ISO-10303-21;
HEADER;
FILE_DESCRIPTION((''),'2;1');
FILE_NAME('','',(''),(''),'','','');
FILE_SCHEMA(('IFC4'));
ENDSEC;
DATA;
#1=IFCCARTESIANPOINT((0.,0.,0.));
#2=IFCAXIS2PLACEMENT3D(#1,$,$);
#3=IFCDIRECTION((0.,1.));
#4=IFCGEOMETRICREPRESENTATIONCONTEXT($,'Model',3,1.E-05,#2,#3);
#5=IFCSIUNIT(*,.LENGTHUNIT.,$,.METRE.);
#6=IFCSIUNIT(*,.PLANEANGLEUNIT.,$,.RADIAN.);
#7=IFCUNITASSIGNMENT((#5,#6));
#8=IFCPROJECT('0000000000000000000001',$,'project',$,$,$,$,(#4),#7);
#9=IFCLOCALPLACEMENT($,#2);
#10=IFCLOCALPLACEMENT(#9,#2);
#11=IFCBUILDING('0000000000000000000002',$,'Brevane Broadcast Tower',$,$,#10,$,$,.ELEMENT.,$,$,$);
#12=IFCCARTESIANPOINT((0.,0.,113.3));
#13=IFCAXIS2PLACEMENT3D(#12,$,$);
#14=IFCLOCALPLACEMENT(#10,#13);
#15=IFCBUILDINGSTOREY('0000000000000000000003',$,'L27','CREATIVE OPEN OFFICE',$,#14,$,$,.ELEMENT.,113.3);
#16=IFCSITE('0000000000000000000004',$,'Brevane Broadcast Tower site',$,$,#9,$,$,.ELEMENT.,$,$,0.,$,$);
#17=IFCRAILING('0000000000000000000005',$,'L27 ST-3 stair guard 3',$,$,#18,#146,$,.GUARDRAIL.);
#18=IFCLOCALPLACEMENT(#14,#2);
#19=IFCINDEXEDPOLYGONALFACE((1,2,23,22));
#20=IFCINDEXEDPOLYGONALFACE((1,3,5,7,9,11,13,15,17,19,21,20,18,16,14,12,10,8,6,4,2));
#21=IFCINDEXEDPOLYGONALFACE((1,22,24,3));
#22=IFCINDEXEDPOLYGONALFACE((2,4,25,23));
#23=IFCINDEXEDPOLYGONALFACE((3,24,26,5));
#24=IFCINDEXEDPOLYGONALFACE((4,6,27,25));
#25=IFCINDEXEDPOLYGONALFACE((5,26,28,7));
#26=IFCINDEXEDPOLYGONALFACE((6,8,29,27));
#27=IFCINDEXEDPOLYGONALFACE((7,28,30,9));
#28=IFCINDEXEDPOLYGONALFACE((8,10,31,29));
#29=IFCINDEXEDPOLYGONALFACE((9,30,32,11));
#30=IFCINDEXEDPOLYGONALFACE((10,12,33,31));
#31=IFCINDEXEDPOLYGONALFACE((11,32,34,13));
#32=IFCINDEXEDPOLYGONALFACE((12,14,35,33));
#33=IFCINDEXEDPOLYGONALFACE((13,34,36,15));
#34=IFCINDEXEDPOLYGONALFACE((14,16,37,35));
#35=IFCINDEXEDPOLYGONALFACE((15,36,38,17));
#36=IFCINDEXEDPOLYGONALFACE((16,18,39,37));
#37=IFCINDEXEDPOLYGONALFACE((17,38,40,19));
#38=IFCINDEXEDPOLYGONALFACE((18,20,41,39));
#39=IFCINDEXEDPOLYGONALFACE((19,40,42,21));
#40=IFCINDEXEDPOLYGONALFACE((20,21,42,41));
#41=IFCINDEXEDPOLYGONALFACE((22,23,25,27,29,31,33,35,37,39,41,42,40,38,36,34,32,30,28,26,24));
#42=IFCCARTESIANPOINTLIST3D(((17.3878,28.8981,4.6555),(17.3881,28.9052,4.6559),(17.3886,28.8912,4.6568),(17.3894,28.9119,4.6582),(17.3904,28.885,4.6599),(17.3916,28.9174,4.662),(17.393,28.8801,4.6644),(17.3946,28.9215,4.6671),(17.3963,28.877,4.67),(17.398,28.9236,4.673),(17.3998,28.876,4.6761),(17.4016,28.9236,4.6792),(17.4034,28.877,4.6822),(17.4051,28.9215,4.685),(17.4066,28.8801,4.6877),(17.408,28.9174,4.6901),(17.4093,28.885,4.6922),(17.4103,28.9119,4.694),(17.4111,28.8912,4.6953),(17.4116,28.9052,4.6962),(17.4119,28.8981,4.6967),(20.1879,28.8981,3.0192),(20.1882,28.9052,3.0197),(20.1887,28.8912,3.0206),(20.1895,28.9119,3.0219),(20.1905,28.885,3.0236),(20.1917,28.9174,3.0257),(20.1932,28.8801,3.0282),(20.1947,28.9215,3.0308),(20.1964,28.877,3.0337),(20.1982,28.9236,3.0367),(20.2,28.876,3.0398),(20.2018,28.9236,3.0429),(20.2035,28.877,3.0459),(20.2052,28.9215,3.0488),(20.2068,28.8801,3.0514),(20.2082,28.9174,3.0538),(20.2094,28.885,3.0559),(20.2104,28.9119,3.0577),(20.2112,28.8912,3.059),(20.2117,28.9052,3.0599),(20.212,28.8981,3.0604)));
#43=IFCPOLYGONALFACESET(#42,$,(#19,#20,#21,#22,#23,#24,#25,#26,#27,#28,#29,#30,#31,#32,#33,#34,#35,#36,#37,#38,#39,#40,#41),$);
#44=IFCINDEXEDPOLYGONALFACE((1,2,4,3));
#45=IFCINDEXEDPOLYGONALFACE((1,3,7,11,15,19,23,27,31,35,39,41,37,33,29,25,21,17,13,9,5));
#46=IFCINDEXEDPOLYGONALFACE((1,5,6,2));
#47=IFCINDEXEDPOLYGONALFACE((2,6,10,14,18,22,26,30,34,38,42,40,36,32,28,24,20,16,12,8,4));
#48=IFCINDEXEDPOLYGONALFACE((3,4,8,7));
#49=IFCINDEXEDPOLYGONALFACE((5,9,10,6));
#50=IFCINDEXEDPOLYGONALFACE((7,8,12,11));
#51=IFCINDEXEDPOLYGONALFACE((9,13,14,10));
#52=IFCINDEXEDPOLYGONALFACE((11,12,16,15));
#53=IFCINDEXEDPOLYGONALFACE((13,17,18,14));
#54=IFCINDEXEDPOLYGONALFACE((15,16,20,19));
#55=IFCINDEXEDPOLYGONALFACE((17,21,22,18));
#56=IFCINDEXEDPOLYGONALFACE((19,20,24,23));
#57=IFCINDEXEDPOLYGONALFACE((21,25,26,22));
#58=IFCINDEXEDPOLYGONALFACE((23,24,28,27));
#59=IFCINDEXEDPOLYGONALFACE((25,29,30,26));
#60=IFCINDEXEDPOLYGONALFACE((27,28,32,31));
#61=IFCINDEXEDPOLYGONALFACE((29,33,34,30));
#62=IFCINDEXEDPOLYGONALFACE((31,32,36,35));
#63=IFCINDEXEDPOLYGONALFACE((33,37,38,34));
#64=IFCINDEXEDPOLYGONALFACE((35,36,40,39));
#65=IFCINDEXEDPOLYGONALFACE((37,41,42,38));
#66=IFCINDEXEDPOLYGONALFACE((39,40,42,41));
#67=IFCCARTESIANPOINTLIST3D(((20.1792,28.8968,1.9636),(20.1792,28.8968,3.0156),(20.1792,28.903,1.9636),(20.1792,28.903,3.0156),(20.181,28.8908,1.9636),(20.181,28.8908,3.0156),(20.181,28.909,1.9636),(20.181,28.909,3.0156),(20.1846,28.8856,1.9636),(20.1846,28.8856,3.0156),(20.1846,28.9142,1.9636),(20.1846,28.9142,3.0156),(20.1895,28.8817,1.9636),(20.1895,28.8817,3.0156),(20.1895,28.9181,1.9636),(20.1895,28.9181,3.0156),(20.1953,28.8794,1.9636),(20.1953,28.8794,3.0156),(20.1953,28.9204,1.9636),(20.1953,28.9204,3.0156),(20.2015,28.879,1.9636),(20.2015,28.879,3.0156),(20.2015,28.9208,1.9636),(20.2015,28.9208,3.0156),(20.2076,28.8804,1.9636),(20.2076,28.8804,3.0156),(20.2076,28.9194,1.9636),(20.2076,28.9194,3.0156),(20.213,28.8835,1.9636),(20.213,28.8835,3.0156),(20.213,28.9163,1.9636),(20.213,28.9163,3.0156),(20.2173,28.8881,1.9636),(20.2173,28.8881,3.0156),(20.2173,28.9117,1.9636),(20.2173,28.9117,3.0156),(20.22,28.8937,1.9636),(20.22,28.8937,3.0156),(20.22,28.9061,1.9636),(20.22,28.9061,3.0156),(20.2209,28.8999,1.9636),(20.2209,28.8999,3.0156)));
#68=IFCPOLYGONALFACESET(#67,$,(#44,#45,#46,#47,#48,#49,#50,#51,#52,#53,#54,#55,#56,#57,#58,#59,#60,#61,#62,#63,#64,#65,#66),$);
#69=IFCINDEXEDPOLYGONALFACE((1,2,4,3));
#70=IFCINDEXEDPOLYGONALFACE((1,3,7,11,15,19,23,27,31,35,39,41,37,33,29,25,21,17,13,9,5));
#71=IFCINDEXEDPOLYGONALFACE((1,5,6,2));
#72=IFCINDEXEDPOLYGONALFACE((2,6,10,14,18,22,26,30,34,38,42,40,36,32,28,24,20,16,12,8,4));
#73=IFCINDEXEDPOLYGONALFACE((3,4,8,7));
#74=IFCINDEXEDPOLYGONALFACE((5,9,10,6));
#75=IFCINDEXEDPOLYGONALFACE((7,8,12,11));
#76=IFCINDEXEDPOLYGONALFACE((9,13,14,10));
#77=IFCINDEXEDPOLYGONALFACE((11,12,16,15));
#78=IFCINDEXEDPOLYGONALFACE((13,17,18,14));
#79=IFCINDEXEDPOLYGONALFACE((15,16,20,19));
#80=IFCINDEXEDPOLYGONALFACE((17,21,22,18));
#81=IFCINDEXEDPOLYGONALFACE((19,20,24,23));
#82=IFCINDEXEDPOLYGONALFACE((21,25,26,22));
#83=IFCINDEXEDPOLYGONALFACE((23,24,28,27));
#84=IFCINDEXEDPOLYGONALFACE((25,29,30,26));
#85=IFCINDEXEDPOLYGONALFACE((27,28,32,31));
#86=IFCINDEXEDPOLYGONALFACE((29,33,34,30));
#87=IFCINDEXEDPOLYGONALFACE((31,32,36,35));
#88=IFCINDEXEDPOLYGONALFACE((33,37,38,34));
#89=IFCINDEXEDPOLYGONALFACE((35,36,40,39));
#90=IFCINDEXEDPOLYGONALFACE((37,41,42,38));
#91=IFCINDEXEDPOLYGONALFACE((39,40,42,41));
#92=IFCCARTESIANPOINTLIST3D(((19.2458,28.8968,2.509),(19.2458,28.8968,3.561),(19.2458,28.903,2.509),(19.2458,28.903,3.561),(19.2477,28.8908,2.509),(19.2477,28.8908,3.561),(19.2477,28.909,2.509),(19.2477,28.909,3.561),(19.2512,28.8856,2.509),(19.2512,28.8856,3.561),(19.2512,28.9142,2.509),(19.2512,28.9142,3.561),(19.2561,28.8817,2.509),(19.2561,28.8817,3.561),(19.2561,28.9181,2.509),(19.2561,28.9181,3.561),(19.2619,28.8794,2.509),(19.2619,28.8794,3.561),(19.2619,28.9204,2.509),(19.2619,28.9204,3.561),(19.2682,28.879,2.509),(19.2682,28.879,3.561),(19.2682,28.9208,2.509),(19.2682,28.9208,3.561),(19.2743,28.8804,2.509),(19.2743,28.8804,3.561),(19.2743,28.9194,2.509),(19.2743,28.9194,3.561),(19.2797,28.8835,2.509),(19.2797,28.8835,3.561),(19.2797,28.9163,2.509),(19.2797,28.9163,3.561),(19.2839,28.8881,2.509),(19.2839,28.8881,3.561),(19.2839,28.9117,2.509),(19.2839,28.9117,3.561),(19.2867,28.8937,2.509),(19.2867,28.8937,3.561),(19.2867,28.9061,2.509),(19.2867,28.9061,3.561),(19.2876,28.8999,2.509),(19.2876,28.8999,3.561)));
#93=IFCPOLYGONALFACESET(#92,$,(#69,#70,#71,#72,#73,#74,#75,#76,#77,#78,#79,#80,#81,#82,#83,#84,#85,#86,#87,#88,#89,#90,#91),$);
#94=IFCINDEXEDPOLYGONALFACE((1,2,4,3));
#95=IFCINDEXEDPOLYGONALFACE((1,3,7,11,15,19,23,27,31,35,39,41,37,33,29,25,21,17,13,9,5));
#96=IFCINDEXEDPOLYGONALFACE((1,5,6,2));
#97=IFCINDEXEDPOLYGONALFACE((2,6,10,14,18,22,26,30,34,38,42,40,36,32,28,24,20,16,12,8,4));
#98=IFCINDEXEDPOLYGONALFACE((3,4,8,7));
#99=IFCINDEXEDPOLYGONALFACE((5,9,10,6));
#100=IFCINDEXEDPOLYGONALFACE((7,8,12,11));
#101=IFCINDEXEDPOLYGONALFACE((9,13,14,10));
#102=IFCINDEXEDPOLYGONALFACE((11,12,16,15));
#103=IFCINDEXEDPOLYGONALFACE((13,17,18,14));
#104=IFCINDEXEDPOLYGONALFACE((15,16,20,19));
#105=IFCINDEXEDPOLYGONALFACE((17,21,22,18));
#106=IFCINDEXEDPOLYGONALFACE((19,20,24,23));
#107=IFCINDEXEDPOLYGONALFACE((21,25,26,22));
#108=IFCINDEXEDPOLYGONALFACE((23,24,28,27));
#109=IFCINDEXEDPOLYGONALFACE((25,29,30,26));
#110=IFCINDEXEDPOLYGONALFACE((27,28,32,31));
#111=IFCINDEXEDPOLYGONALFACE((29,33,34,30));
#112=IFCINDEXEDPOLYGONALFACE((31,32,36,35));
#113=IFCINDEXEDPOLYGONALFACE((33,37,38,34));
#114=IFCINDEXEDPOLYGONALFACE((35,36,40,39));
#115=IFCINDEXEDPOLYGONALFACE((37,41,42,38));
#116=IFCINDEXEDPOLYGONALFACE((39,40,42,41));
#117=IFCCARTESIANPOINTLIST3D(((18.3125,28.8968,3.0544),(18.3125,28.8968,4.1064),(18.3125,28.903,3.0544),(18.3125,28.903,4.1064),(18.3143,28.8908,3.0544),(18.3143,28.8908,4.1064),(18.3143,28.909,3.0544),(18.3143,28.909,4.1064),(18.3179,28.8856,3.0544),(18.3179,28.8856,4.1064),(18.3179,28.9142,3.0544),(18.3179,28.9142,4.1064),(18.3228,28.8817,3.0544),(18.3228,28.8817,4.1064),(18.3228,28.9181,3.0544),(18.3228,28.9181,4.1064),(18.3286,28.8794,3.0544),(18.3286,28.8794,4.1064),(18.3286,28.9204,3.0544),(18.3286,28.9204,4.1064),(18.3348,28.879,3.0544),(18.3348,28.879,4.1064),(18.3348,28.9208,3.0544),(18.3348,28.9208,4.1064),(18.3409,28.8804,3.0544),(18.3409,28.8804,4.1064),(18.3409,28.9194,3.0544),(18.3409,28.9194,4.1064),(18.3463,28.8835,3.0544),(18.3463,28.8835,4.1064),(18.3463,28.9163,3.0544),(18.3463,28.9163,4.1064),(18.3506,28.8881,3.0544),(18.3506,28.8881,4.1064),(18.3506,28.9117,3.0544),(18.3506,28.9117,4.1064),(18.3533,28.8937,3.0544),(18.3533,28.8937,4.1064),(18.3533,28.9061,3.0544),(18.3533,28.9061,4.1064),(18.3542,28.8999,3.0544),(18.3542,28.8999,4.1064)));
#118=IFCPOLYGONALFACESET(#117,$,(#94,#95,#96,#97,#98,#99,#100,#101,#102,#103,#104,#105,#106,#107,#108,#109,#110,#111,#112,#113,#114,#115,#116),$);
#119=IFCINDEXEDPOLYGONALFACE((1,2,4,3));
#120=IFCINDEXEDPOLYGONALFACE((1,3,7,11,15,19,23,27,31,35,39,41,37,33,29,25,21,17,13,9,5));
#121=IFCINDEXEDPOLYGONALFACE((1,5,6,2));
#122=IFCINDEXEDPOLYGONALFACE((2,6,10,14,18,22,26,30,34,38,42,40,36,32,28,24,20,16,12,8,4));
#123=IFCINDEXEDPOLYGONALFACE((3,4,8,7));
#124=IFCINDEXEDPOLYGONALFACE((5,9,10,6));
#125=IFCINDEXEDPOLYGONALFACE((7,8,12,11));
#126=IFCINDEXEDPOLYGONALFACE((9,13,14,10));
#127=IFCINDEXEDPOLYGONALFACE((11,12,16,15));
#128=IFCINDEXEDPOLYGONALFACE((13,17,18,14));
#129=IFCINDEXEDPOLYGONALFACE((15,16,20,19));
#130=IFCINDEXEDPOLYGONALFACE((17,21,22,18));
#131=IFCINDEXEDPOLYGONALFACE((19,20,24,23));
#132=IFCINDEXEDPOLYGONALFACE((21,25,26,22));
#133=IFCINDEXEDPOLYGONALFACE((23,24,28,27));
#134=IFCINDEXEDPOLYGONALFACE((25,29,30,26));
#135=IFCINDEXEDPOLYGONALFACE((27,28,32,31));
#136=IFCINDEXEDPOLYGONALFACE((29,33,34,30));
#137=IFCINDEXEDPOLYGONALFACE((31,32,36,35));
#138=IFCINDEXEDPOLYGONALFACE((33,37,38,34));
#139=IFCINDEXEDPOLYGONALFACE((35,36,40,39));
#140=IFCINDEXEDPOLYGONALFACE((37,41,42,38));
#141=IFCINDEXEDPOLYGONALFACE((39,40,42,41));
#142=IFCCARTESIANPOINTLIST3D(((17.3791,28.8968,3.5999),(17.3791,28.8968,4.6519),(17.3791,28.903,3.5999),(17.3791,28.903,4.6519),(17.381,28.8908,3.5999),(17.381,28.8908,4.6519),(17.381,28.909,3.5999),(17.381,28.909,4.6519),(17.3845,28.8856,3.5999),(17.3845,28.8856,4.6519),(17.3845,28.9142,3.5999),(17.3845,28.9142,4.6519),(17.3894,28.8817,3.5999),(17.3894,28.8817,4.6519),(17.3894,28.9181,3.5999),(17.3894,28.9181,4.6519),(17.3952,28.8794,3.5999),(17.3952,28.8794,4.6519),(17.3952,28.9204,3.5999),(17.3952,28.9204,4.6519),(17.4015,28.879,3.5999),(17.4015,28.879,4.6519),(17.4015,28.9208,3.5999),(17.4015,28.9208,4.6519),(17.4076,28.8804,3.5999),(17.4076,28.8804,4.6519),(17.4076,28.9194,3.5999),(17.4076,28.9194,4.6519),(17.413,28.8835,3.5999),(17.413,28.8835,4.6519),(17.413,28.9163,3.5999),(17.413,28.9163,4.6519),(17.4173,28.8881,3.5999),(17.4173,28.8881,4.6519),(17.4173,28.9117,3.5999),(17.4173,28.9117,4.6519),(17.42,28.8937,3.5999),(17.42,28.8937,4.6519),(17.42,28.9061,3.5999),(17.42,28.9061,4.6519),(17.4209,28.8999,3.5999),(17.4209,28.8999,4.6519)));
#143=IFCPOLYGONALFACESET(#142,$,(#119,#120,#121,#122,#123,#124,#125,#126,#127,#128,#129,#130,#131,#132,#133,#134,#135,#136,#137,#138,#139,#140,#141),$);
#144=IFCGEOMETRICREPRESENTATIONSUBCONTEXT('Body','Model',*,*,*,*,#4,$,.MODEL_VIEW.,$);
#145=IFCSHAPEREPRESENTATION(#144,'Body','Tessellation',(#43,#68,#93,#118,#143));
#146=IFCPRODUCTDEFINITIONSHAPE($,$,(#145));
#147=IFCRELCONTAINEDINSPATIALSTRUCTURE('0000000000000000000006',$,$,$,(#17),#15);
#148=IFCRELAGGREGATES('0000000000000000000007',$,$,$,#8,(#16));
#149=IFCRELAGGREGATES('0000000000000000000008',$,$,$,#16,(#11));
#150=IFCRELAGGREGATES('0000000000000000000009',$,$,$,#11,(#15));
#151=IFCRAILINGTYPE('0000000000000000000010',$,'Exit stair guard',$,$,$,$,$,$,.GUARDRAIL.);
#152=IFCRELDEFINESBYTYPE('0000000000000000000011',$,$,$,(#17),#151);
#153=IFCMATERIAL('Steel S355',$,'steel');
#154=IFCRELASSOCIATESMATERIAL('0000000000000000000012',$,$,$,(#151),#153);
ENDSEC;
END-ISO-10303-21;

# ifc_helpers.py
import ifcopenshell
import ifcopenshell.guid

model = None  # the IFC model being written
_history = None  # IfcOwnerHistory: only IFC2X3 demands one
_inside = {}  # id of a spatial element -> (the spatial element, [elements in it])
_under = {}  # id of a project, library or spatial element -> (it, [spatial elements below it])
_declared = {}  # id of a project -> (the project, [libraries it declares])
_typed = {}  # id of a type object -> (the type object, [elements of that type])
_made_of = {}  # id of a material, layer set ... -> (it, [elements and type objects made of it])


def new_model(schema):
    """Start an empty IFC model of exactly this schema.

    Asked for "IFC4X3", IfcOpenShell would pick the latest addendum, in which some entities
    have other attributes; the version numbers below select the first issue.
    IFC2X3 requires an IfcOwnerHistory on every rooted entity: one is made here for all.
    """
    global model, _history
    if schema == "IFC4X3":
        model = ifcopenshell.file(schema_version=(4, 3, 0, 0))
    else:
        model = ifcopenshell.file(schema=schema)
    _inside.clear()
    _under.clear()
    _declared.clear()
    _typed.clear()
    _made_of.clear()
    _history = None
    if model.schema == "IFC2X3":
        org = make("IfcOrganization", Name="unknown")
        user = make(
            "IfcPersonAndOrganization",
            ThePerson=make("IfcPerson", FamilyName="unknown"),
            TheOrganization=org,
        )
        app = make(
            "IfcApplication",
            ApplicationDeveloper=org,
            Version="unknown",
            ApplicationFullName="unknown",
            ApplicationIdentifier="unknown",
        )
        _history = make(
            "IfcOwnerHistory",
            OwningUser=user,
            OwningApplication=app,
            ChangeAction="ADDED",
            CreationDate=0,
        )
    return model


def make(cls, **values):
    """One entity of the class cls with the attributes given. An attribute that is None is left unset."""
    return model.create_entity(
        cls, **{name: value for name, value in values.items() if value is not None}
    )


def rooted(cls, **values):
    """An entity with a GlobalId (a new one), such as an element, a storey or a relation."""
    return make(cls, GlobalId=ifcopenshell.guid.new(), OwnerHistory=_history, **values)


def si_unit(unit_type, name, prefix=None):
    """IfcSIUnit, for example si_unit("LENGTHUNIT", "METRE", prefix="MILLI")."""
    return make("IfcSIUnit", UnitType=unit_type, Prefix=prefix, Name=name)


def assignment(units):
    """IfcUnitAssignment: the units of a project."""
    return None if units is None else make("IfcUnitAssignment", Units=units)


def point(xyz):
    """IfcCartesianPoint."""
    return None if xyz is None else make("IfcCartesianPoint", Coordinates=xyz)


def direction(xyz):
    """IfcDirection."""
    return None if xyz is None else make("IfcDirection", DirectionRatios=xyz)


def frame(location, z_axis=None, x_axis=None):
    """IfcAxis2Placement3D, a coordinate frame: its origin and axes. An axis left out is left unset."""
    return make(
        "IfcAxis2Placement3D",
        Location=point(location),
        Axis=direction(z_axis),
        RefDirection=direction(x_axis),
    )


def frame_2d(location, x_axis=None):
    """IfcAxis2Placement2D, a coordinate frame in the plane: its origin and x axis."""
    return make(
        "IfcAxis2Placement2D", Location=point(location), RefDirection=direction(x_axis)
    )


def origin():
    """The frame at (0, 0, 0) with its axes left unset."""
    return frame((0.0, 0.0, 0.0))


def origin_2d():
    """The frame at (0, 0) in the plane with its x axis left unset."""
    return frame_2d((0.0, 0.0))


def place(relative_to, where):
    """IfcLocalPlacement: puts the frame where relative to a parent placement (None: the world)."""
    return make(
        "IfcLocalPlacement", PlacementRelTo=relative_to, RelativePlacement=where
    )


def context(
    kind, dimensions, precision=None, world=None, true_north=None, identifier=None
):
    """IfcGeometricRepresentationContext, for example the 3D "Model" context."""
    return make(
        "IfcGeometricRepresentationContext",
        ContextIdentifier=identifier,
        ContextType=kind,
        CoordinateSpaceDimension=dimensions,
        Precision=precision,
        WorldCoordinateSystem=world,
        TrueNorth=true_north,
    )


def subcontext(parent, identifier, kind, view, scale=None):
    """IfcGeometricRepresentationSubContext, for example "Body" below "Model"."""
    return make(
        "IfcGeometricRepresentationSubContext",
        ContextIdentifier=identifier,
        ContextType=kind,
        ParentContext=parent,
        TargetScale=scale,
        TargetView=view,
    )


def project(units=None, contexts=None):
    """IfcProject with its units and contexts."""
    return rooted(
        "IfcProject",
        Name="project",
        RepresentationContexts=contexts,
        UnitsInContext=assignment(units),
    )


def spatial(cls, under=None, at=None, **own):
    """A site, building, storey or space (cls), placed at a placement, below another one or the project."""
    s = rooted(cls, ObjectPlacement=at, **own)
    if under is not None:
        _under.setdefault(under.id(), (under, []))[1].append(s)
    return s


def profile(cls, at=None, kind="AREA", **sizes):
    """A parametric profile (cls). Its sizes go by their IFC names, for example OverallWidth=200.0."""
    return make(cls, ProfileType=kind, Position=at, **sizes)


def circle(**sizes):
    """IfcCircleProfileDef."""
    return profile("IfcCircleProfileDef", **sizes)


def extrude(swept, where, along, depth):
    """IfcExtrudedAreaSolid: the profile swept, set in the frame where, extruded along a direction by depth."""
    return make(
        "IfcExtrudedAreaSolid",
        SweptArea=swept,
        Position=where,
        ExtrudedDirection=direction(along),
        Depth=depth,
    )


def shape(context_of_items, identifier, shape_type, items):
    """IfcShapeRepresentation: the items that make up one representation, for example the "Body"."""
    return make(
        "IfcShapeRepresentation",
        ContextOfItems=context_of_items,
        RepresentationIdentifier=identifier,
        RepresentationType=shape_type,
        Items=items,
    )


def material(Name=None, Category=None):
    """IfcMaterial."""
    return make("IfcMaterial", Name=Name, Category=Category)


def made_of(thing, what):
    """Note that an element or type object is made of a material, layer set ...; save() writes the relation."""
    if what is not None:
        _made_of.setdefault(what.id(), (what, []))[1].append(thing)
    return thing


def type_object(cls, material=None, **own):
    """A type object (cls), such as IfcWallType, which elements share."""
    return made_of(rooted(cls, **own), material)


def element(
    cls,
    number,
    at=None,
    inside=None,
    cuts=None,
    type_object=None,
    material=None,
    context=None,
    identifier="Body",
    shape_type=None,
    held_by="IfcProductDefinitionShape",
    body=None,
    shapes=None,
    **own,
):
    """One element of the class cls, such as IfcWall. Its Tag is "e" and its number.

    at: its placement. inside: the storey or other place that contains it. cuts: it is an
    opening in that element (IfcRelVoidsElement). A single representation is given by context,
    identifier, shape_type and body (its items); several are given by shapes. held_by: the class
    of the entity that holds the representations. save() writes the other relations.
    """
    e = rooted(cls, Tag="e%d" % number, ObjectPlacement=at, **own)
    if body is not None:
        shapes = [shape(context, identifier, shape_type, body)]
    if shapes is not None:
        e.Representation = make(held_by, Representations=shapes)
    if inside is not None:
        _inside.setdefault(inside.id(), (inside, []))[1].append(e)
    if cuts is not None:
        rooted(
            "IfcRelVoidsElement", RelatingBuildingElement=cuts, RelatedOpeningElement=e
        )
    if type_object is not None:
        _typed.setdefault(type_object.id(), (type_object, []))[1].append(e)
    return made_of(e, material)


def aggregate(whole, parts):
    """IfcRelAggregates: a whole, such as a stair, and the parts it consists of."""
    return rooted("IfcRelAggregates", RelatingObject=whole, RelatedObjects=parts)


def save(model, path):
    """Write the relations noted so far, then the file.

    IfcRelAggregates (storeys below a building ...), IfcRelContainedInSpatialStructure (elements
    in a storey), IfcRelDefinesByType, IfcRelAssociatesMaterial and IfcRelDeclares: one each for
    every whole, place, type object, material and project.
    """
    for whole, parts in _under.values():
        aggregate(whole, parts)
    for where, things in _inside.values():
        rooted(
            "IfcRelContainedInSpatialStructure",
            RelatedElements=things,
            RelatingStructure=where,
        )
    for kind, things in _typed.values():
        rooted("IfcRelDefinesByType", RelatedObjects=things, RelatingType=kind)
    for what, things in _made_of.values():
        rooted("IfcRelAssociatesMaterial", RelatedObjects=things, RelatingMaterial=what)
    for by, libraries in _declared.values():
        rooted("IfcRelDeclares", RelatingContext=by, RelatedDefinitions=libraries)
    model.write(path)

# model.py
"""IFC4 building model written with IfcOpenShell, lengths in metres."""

from ifc_helpers import new_model, si_unit, direction, frame, origin, origin_2d, place, context, subcontext, project, spatial, circle, extrude, material, type_object, element, save


model = new_model("IFC4")

# Units and contexts
model_context = context("Model", 3, precision=1e-05, world=origin(), true_north=direction((0.0, 1.0)))
body_context = subcontext(model_context, "Body", "Model", "MODEL_VIEW")
ifc_project = project(units=[si_unit("LENGTHUNIT", "METRE"), si_unit("PLANEANGLEUNIT", "RADIAN")], contexts=[model_context])

# Site, building, storey
site_placement = place(None, origin())
site = spatial("IfcSite", under=ifc_project, at=site_placement, Name="Brevane Broadcast Tower site", CompositionType="ELEMENT", RefElevation=0.0)
building_placement = place(site_placement, origin())
building = spatial("IfcBuilding", under=site, at=building_placement, Name="Brevane Broadcast Tower", CompositionType="ELEMENT")
storey_placement = place(building_placement, frame((0.0, 0.0, 113.3)))
storey = spatial("IfcBuildingStorey", under=building, at=storey_placement, Name="L27", Description="CREATIVE OPEN OFFICE", CompositionType="ELEMENT", Elevation=113.3)

# Railing
ifc_material_1 = material(Name="Steel S355", Category="steel")
railing_type_1 = type_object("IfcRailingType", Name="Exit stair guard", PredefinedType="GUARDRAIL", material=ifc_material_1)
railing_1_placement = place(storey_placement, frame((20.2, 28.8999, 1.9636)))
element("IfcRailing", 1, at=railing_1_placement, inside=storey, type_object=railing_type_1, Name="L27 ST-3 stair guard 3", PredefinedType="GUARDRAIL", context=body_context, shape_type="SweptSolid", body=[
    extrude(circle(Radius=0.0239, at=origin_2d()), frame((0.0, 0.0, 1.0762), z_axis=(-0.863394, 0.0, 0.504531), x_axis=(0.0, -1.0, 0.0)), (0.0, 0.0, 1.0), 3.2432),
    extrude(circle(Radius=0.021, at=origin_2d()), origin(), (0.0, 0.0, 1.0), 1.052),
    extrude(circle(Radius=0.021, at=origin_2d()), frame((-0.9333, 0.0, 0.5454)), (0.0, 0.0, 1.0), 1.052),
    extrude(circle(Radius=0.021, at=origin_2d()), frame((-1.8667, 0.0, 1.0908)), (0.0, 0.0, 1.0), 1.052),
    extrude(circle(Radius=0.021, at=origin_2d()), frame((-2.8, 0.0, 1.6362)), (0.0, 0.0, 1.0), 1.052),
])

save(model, "model.ifc")
